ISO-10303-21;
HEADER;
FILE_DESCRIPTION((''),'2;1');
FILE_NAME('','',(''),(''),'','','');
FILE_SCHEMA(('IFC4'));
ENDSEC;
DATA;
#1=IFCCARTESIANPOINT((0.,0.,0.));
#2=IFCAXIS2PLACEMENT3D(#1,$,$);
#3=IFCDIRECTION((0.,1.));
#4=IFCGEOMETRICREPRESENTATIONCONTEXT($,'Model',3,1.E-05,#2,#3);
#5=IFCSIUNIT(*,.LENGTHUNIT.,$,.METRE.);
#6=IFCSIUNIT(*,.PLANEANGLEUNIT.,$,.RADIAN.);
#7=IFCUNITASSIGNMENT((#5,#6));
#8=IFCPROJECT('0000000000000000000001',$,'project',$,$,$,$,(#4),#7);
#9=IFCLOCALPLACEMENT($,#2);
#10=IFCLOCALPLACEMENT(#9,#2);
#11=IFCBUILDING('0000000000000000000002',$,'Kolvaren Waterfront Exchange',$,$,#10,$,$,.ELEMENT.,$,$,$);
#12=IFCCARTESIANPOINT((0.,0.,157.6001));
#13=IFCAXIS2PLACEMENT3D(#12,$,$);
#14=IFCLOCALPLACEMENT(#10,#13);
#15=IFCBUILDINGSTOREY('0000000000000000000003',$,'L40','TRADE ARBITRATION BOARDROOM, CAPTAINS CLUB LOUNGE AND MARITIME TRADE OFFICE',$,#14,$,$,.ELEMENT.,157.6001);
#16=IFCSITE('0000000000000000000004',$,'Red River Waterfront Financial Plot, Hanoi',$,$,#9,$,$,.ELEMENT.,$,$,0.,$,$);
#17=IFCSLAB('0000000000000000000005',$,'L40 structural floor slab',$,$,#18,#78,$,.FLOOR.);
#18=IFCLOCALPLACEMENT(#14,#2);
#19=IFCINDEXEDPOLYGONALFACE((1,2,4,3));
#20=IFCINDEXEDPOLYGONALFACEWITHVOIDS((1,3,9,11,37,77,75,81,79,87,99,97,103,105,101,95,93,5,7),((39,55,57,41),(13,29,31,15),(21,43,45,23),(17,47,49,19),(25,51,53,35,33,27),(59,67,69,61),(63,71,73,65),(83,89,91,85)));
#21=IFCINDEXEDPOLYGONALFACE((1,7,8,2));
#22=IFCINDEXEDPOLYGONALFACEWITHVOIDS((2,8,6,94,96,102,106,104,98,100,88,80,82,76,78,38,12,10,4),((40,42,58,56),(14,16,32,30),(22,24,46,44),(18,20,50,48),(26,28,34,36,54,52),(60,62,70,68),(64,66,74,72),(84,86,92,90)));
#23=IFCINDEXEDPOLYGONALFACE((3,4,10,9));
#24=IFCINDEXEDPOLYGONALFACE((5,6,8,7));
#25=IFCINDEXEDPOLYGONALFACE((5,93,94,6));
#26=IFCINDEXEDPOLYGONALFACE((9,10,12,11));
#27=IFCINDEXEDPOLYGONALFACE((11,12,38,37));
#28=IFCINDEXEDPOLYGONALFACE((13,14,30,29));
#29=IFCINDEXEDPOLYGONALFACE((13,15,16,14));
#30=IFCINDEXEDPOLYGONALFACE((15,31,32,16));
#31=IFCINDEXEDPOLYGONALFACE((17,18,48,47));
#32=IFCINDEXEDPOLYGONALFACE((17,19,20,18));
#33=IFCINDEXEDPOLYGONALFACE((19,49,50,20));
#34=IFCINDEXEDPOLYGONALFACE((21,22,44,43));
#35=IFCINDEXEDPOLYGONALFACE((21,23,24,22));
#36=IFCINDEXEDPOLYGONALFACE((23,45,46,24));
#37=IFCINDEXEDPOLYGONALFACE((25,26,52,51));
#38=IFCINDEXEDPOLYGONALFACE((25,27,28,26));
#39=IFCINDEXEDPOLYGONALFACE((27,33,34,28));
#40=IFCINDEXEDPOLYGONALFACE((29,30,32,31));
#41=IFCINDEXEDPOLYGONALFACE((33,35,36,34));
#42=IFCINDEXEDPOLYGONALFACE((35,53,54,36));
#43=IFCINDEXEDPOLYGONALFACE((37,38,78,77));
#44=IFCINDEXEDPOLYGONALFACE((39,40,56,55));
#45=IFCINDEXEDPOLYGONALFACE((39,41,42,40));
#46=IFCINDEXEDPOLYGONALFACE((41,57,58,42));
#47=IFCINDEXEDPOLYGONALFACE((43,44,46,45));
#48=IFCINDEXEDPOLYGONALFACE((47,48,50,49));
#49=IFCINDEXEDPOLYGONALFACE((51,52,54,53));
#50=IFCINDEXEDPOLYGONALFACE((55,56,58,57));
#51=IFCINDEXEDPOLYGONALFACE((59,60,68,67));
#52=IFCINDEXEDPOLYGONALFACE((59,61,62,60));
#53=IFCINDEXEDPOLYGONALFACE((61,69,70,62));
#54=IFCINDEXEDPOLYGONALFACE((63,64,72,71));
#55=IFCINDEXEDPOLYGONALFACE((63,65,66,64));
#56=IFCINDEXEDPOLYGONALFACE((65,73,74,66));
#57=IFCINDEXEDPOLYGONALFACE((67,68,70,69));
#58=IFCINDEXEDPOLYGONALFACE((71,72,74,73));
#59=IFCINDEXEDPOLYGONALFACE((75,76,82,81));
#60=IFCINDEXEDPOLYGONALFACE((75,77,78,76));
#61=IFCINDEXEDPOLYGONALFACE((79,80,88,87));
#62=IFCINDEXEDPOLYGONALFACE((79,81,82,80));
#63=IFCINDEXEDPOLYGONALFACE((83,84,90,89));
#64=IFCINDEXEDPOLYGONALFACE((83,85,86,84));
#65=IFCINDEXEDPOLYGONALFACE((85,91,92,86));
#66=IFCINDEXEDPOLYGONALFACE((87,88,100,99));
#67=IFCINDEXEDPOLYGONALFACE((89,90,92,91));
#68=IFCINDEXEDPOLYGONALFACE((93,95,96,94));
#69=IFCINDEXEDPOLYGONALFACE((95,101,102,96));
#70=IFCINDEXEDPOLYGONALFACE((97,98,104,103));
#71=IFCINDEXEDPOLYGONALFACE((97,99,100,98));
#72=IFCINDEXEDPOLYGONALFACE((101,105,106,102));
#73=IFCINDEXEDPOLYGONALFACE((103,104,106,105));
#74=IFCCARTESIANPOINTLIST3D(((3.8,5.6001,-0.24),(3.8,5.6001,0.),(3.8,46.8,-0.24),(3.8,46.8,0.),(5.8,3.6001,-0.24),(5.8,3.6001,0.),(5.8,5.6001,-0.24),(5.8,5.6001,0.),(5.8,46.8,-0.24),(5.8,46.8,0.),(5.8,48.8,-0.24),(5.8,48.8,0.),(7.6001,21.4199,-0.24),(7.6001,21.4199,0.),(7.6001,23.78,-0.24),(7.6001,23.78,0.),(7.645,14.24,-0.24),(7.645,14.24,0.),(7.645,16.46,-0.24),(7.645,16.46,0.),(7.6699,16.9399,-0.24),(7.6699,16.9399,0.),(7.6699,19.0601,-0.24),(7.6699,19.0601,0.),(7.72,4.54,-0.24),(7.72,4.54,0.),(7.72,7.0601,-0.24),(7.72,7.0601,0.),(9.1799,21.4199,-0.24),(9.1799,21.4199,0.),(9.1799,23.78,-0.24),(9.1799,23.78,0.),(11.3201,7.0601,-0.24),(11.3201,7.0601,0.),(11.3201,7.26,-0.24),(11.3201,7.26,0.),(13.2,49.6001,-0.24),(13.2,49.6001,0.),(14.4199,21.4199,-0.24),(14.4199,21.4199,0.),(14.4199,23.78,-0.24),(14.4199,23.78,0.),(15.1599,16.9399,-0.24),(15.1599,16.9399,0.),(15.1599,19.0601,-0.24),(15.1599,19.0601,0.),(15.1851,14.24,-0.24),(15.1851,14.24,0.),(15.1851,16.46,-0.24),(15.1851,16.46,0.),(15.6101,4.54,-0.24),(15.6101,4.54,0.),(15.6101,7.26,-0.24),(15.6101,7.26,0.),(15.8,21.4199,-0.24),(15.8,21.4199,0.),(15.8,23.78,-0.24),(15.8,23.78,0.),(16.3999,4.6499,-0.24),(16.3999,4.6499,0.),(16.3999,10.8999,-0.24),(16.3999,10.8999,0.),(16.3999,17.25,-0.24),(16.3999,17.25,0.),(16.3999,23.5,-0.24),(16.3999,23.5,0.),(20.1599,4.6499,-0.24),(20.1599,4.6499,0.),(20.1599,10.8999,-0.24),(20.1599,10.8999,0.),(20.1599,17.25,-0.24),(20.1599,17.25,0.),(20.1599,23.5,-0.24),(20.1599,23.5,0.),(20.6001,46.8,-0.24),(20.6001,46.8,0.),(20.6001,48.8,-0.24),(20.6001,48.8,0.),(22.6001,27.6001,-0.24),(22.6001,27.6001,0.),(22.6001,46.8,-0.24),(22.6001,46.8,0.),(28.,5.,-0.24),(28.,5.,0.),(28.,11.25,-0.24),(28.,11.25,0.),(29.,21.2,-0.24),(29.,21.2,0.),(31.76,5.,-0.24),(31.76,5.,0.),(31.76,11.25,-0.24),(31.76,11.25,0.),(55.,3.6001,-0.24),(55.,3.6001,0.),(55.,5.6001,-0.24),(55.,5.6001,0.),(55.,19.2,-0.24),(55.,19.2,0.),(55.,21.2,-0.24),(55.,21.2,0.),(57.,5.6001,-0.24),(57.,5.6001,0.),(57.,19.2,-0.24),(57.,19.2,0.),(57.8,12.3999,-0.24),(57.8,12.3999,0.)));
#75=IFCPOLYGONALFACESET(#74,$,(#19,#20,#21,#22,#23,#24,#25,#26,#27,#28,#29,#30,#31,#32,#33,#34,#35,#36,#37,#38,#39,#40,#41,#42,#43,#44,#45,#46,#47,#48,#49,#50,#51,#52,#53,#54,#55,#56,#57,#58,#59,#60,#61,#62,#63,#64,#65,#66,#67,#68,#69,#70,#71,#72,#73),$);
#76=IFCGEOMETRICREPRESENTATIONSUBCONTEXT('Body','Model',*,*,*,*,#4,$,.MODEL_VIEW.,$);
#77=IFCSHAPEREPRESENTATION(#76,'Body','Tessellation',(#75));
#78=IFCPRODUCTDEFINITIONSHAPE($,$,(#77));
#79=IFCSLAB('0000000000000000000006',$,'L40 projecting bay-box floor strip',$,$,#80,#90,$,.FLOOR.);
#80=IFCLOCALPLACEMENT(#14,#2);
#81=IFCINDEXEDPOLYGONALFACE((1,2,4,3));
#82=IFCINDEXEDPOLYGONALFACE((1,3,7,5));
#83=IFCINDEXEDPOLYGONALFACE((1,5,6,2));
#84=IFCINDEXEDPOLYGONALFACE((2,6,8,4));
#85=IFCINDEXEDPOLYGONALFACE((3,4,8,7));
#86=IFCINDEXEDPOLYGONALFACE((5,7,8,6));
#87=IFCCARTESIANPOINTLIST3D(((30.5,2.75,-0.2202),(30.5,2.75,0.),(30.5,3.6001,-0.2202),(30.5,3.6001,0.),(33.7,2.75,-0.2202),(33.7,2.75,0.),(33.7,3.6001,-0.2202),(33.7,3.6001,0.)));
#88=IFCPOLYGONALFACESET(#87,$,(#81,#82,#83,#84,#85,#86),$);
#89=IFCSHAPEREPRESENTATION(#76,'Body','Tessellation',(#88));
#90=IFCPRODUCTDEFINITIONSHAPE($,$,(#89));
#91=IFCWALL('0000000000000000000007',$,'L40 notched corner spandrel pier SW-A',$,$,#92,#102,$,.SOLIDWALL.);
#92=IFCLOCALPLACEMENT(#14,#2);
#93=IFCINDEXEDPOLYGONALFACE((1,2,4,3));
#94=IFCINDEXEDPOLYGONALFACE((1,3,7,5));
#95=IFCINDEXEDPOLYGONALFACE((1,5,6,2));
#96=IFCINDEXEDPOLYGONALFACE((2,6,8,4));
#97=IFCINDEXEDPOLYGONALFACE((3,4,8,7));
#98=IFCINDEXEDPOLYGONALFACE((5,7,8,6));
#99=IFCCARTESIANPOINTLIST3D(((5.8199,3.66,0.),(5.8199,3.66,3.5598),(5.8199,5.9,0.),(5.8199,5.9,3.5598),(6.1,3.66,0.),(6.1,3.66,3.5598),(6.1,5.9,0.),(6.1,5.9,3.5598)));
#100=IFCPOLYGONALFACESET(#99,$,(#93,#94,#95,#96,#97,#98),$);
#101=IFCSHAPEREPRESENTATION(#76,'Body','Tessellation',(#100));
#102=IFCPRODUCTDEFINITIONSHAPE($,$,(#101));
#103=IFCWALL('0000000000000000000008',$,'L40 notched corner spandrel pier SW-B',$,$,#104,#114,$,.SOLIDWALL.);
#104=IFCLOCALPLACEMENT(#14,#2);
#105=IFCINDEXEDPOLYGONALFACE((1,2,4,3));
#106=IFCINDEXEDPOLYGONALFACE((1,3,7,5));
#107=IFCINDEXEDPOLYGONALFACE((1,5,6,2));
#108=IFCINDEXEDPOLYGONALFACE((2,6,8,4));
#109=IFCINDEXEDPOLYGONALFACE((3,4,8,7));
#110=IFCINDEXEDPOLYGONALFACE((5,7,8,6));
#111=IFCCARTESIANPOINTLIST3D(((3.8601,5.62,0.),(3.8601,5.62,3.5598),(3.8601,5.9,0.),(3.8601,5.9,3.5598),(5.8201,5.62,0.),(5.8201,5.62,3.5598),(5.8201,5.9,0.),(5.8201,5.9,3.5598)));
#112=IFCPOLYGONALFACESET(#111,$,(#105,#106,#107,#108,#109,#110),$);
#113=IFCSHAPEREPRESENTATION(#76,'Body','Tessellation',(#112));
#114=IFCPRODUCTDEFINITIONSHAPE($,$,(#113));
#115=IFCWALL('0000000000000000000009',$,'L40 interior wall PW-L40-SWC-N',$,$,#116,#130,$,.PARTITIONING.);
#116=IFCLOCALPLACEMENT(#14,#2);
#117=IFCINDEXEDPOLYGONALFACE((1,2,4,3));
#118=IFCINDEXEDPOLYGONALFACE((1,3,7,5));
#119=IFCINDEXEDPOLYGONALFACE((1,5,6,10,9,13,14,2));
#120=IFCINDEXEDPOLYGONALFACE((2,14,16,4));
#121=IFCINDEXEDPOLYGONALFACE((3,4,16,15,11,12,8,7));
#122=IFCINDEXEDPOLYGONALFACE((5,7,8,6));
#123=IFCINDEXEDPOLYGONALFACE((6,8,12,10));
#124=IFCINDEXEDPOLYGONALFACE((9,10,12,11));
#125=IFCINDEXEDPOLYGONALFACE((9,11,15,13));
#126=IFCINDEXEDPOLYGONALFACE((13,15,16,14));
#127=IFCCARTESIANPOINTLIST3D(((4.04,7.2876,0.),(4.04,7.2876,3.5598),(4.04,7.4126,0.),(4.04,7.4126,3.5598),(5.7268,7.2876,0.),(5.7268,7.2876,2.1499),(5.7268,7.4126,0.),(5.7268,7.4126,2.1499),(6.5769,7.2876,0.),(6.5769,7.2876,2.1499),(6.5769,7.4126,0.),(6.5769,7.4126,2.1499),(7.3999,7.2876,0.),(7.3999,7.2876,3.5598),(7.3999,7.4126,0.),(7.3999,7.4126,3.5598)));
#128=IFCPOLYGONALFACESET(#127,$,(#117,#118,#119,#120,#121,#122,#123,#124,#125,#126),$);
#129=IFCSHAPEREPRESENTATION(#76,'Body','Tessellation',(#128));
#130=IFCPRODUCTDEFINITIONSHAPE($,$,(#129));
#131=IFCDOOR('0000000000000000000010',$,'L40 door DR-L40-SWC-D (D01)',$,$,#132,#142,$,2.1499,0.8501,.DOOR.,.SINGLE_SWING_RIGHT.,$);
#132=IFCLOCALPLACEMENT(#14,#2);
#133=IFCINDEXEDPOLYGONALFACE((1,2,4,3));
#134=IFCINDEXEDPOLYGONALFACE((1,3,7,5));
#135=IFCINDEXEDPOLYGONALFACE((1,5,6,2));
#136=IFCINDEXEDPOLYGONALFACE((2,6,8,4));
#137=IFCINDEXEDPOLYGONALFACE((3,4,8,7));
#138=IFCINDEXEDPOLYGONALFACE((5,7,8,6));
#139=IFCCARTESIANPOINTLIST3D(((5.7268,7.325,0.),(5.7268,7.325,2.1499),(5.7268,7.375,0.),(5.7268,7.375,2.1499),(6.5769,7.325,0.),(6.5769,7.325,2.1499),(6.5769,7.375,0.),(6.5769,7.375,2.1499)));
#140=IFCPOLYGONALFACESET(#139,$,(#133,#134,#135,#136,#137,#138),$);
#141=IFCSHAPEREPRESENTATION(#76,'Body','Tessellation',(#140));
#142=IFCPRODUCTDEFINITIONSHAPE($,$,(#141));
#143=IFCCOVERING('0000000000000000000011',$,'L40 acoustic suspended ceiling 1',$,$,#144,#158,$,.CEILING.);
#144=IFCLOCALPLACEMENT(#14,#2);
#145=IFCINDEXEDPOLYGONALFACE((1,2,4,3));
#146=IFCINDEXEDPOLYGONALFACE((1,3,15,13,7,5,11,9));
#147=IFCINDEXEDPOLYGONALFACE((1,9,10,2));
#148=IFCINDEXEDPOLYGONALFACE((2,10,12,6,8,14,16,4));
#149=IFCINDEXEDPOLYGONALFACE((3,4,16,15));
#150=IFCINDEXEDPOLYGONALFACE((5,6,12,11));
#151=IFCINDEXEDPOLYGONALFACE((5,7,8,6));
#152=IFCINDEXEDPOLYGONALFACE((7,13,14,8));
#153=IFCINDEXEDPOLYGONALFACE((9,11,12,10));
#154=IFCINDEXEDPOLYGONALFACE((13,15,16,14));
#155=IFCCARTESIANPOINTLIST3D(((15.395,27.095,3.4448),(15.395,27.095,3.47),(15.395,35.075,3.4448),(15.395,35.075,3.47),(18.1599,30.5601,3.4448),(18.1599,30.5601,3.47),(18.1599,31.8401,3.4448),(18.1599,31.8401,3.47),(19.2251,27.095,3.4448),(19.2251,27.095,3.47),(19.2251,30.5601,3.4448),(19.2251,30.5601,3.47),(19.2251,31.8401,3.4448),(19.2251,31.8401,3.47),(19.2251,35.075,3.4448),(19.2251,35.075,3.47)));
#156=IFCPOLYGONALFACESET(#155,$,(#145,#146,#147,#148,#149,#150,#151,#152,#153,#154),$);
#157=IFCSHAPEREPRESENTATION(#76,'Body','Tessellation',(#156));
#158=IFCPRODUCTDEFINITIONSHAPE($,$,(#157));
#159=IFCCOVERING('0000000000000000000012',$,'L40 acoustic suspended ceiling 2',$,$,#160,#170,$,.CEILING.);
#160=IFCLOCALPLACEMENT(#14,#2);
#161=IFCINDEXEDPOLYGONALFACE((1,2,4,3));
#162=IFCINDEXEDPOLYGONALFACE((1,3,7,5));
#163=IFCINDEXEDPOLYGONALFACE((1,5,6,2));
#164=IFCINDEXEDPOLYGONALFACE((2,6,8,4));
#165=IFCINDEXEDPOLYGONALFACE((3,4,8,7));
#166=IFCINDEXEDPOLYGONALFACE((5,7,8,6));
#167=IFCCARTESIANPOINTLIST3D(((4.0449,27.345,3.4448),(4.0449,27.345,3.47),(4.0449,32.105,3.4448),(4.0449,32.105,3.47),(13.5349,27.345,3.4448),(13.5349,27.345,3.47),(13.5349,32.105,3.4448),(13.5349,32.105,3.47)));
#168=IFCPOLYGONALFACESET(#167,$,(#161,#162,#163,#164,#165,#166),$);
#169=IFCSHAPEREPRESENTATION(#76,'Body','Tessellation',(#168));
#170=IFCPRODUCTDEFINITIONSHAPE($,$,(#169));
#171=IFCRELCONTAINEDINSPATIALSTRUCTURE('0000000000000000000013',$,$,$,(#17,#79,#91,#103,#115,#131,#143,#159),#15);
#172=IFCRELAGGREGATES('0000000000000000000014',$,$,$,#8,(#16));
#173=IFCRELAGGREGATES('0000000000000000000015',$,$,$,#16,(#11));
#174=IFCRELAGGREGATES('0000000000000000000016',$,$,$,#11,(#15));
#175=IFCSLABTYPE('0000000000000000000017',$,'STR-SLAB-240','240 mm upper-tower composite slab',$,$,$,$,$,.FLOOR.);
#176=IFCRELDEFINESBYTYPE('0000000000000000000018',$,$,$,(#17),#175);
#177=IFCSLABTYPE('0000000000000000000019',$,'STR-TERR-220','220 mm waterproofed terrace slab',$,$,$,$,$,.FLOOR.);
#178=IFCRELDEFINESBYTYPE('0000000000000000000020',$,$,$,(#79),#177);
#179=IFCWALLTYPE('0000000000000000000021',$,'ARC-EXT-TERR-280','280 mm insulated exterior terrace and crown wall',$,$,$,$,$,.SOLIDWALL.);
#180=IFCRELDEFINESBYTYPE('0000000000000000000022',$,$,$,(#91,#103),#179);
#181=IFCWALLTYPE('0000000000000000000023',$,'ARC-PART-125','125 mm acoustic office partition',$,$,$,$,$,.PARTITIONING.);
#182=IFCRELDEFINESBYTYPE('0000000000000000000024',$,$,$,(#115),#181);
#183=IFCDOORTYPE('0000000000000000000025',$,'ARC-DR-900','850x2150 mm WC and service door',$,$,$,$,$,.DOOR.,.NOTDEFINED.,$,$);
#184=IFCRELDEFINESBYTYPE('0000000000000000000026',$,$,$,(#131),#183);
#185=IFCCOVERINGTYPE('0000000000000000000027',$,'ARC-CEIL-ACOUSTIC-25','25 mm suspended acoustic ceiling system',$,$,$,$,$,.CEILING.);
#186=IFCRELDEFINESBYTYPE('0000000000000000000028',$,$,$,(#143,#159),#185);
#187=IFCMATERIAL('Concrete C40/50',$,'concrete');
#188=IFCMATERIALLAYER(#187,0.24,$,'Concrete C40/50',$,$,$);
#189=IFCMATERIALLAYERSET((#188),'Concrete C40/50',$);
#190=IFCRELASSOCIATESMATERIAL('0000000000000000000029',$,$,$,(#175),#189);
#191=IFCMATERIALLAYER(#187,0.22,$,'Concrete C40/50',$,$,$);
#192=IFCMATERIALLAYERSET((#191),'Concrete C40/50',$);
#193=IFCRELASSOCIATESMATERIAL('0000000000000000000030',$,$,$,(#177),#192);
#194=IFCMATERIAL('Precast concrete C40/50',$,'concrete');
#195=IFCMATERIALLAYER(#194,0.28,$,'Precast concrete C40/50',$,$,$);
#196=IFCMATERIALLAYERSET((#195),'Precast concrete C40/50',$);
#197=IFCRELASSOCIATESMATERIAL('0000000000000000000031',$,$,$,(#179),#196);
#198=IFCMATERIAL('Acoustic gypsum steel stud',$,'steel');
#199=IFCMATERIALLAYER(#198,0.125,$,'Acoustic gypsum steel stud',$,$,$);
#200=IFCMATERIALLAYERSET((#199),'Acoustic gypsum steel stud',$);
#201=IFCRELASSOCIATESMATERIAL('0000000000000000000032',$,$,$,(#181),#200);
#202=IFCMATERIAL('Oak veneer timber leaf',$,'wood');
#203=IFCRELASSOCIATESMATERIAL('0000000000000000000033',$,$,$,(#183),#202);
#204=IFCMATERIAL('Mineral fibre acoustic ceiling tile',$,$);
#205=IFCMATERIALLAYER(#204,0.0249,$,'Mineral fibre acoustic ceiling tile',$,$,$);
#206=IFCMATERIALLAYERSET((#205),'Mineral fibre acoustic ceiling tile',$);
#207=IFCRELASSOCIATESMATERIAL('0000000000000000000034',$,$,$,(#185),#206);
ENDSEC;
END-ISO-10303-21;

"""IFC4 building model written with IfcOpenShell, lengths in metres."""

from ifc_helpers import new_model, si_unit, direction, frame, frame_2d, origin, place, context, subcontext, project, spatial, polyline, rectangle, outline, extrude, material, layer, layer_set, type_object, element, fill, save


model = new_model("IFC4")

# Units and contexts
model_context = context("Model", 3, precision=1e-05, world=origin(), true_north=direction((0.0, 1.0)))
body_context = subcontext(model_context, "Body", "Model", "MODEL_VIEW")
ifc_project = project(units=[si_unit("LENGTHUNIT", "METRE"), si_unit("PLANEANGLEUNIT", "RADIAN")], contexts=[model_context])

# Site, building, storey
site_placement = place(None, origin())
site = spatial("IfcSite", under=ifc_project, at=site_placement, Name="Red River Waterfront Financial Plot, Hanoi", CompositionType="ELEMENT", RefElevation=0.0)
building_placement = place(site_placement, origin())
building = spatial("IfcBuilding", under=site, at=building_placement, Name="Kolvaren Waterfront Exchange", CompositionType="ELEMENT")
storey_placement = place(building_placement, frame((0.0, 0.0, 157.6001)))
storey = spatial("IfcBuildingStorey", under=building, at=storey_placement, Name="L40", Description="TRADE ARBITRATION BOARDROOM, CAPTAINS CLUB LOUNGE AND MARITIME TRADE OFFICE", CompositionType="ELEMENT", Elevation=157.6001)

# Shared definitions
ifc_material_1 = material(Name="Concrete C40/50", Category="concrete")

# Slabs
ifc_layer_1 = layer(ifc_material_1, 0.24, Name="Concrete C40/50")
ifc_layer_set_1 = layer_set([ifc_layer_1], Name="Concrete C40/50")
slab_type_1 = type_object("IfcSlabType", Name="STR-SLAB-240", Description="240 mm upper-tower composite slab", PredefinedType="FLOOR", material=ifc_layer_set_1)
slab_1_placement = place(storey_placement, frame((0.0, 0.0, -0.24)))
element("IfcSlab", 1, at=slab_1_placement, inside=storey, type_object=slab_type_1, Name="L40 structural floor slab", PredefinedType="FLOOR", context=body_context, shape_type="SweptSolid", body=[
    extrude(outline(polyline([(5.8, 3.6001), (55.0, 3.6001), (55.0, 5.6001), (57.0, 5.6001), (57.8, 12.3999), (57.0, 19.2), (55.0, 19.2), (55.0, 21.2), (29.0, 21.2), (22.6001, 27.6001), (22.6001, 46.8), (20.6001, 46.8), (20.6001, 48.8), (13.2, 49.6001), (5.8, 48.8), (5.8, 46.8), (3.8, 46.8), (3.8, 5.6001), (5.8, 5.6001), (5.8, 3.6001)]), holes=[polyline([(11.3201, 7.26), (15.6101, 7.26), (15.6101, 4.54), (7.72, 4.54), (7.72, 7.0601), (11.3201, 7.0601), (11.3201, 7.26)]), polyline([(20.1599, 10.8999), (20.1599, 4.6499), (16.3999, 4.6499), (16.3999, 10.8999), (20.1599, 10.8999)]), polyline([(31.76, 11.25), (31.76, 5.0), (28.0, 5.0), (28.0, 11.25), (31.76, 11.25)]), polyline([(15.1851, 14.24), (7.645, 14.24), (7.645, 16.46), (15.1851, 16.46), (15.1851, 14.24)]), polyline([(15.1599, 16.9399), (7.6699, 16.9399), (7.6699, 19.0601), (15.1599, 19.0601), (15.1599, 16.9399)]), polyline([(16.3999, 23.5), (20.1599, 23.5), (20.1599, 17.25), (16.3999, 17.25), (16.3999, 23.5)]), polyline([(7.6001, 23.78), (9.1799, 23.78), (9.1799, 21.4199), (7.6001, 21.4199), (7.6001, 23.78)]), polyline([(15.8, 23.78), (15.8, 21.4199), (14.4199, 21.4199), (14.4199, 23.78), (15.8, 23.78)])]), origin(), (0.0, 0.0, 1.0), 0.24),
])
ifc_layer_2 = layer(ifc_material_1, 0.22, Name="Concrete C40/50")
ifc_layer_set_2 = layer_set([ifc_layer_2], Name="Concrete C40/50")
slab_type_2 = type_object("IfcSlabType", Name="STR-TERR-220", Description="220 mm waterproofed terrace slab", PredefinedType="FLOOR", material=ifc_layer_set_2)
slab_2_placement = place(storey_placement, frame((0.0, 0.0, -0.2202)))
element("IfcSlab", 2, at=slab_2_placement, inside=storey, type_object=slab_type_2, Name="L40 projecting bay-box floor strip", PredefinedType="FLOOR", context=body_context, shape_type="SweptSolid", body=[
    extrude(outline(polyline([(30.5, 2.75), (33.7, 2.75), (33.7, 3.6001), (30.5, 3.6001), (30.5, 2.75)])), origin(), (0.0, 0.0, 1.0), 0.2202),
])

# Walls
ifc_material_2 = material(Name="Precast concrete C40/50", Category="concrete")
ifc_layer_3 = layer(ifc_material_2, 0.28, Name="Precast concrete C40/50")
ifc_layer_set_3 = layer_set([ifc_layer_3], Name="Precast concrete C40/50")
wall_type_1 = type_object("IfcWallType", Name="ARC-EXT-TERR-280", Description="280 mm insulated exterior terrace and crown wall", PredefinedType="SOLIDWALL", material=ifc_layer_set_3)
wall_1_placement = place(storey_placement, frame((5.96, 3.6599, 0.0), z_axis=(0.0, 0.0, 1.0), x_axis=(0.0, 1.0, 0.0)))
element("IfcWall", 3, at=wall_1_placement, inside=storey, type_object=wall_type_1, Name="L40 notched corner spandrel pier SW-A", PredefinedType="SOLIDWALL", context=body_context, shape_type="SweptSolid", body=[
    extrude(rectangle(XDim=2.24, YDim=0.28, at=frame_2d((1.1201, 0.0))), origin(), (0.0, 0.0, 1.0), 3.5598),
])
wall_2_placement = place(storey_placement, frame((3.8601, 5.76, 0.0), z_axis=(0.0, 0.0, 1.0), x_axis=(1.0, 0.0, 0.0)))
element("IfcWall", 4, at=wall_2_placement, inside=storey, type_object=wall_type_1, Name="L40 notched corner spandrel pier SW-B", PredefinedType="SOLIDWALL", context=body_context, shape_type="SweptSolid", body=[
    extrude(rectangle(XDim=1.96, YDim=0.28, at=frame_2d((0.98, 0.0))), origin(), (0.0, 0.0, 1.0), 3.5598),
])

# Wall, opening, door
ifc_material_3 = material(Name="Acoustic gypsum steel stud", Category="steel")
ifc_layer_4 = layer(ifc_material_3, 0.125, Name="Acoustic gypsum steel stud")
ifc_layer_set_4 = layer_set([ifc_layer_4], Name="Acoustic gypsum steel stud")
wall_type_2 = type_object("IfcWallType", Name="ARC-PART-125", Description="125 mm acoustic office partition", PredefinedType="PARTITIONING", material=ifc_layer_set_4)
wall_3_placement = place(storey_placement, frame((4.04, 7.3501, 0.0), z_axis=(0.0, 0.0, 1.0), x_axis=(1.0, 0.0, 0.0)))
wall_3 = element("IfcWall", 5, at=wall_3_placement, inside=storey, type_object=wall_type_2, Name="L40 interior wall PW-L40-SWC-N", PredefinedType="PARTITIONING", context=body_context, shape_type="SweptSolid", body=[
    extrude(rectangle(XDim=3.3599, YDim=0.125, at=frame_2d((1.6799, 0.0))), origin(), (0.0, 0.0, 1.0), 3.5598),
])
opening_placement = place(wall_3_placement, frame((1.6868, 0.0, 0.0)))
opening = element("IfcOpeningElement", 6, at=opening_placement, cuts=wall_3, PredefinedType="OPENING", context=body_context, shape_type="SweptSolid", body=[
    extrude(rectangle(XDim=0.8501, YDim=2.1499, at=frame_2d((0.425, 1.075))), frame((0.0, 0.0725, 0.0), z_axis=(0.0, -1.0, 0.0), x_axis=(1.0, 0.0, 0.0)), (0.0, 0.0, 1.0), 0.145),
])
ifc_material_4 = material(Name="Oak veneer timber leaf", Category="wood")
door_type = type_object("IfcDoorType", Name="ARC-DR-900", Description="850x2150 mm WC and service door", OperationType="NOTDEFINED", PredefinedType="DOOR", material=ifc_material_4)
door_placement = place(opening_placement, origin())
door = element("IfcDoor", 7, at=door_placement, inside=storey, type_object=door_type, Name="L40 door DR-L40-SWC-D (D01)", OperationType="SINGLE_SWING_RIGHT", OverallHeight=2.1499, OverallWidth=0.8501, PredefinedType="DOOR", context=body_context, shape_type="SweptSolid", body=[
    extrude(rectangle(XDim=0.8501, YDim=2.1499, at=frame_2d((0.425, 1.075))), frame((0.0, 0.0249, 0.0), z_axis=(0.0, -1.0, 0.0), x_axis=(1.0, 0.0, 0.0)), (0.0, 0.0, 1.0), 0.05),
])
fill(opening, door)

# Coverings
ifc_material_5 = material(Name="Mineral fibre acoustic ceiling tile")
ifc_layer_5 = layer(ifc_material_5, 0.0249, Name="Mineral fibre acoustic ceiling tile")
ifc_layer_set_5 = layer_set([ifc_layer_5], Name="Mineral fibre acoustic ceiling tile")
covering_type_1 = type_object("IfcCoveringType", Name="ARC-CEIL-ACOUSTIC-25", Description="25 mm suspended acoustic ceiling system", PredefinedType="CEILING", material=ifc_layer_set_5)
covering_1_placement = place(storey_placement, frame((0.0, 0.0, 3.4448)))
element("IfcCovering", 8, at=covering_1_placement, inside=storey, type_object=covering_type_1, Name="L40 acoustic suspended ceiling 1", PredefinedType="CEILING", context=body_context, shape_type="SweptSolid", body=[
    extrude(outline(polyline([(19.2251, 30.5601), (18.1599, 30.5601), (18.1599, 31.8401), (19.2251, 31.8401), (19.2251, 35.075), (15.395, 35.075), (15.395, 27.095), (19.2251, 27.095), (19.2251, 30.5601)])), origin(), (0.0, 0.0, 1.0), 0.0251),
])
covering_2_placement = place(storey_placement, frame((0.0, 0.0, 3.4448)))
element("IfcCovering", 9, at=covering_2_placement, inside=storey, type_object=covering_type_1, Name="L40 acoustic suspended ceiling 2", PredefinedType="CEILING", context=body_context, shape_type="SweptSolid", body=[
    extrude(outline(polyline([(13.5349, 27.345), (13.5349, 32.105), (4.0449, 32.105), (4.0449, 27.345), (13.5349, 27.345)])), origin(), (0.0, 0.0, 1.0), 0.0251),
])

save(model, "model.ifc")
